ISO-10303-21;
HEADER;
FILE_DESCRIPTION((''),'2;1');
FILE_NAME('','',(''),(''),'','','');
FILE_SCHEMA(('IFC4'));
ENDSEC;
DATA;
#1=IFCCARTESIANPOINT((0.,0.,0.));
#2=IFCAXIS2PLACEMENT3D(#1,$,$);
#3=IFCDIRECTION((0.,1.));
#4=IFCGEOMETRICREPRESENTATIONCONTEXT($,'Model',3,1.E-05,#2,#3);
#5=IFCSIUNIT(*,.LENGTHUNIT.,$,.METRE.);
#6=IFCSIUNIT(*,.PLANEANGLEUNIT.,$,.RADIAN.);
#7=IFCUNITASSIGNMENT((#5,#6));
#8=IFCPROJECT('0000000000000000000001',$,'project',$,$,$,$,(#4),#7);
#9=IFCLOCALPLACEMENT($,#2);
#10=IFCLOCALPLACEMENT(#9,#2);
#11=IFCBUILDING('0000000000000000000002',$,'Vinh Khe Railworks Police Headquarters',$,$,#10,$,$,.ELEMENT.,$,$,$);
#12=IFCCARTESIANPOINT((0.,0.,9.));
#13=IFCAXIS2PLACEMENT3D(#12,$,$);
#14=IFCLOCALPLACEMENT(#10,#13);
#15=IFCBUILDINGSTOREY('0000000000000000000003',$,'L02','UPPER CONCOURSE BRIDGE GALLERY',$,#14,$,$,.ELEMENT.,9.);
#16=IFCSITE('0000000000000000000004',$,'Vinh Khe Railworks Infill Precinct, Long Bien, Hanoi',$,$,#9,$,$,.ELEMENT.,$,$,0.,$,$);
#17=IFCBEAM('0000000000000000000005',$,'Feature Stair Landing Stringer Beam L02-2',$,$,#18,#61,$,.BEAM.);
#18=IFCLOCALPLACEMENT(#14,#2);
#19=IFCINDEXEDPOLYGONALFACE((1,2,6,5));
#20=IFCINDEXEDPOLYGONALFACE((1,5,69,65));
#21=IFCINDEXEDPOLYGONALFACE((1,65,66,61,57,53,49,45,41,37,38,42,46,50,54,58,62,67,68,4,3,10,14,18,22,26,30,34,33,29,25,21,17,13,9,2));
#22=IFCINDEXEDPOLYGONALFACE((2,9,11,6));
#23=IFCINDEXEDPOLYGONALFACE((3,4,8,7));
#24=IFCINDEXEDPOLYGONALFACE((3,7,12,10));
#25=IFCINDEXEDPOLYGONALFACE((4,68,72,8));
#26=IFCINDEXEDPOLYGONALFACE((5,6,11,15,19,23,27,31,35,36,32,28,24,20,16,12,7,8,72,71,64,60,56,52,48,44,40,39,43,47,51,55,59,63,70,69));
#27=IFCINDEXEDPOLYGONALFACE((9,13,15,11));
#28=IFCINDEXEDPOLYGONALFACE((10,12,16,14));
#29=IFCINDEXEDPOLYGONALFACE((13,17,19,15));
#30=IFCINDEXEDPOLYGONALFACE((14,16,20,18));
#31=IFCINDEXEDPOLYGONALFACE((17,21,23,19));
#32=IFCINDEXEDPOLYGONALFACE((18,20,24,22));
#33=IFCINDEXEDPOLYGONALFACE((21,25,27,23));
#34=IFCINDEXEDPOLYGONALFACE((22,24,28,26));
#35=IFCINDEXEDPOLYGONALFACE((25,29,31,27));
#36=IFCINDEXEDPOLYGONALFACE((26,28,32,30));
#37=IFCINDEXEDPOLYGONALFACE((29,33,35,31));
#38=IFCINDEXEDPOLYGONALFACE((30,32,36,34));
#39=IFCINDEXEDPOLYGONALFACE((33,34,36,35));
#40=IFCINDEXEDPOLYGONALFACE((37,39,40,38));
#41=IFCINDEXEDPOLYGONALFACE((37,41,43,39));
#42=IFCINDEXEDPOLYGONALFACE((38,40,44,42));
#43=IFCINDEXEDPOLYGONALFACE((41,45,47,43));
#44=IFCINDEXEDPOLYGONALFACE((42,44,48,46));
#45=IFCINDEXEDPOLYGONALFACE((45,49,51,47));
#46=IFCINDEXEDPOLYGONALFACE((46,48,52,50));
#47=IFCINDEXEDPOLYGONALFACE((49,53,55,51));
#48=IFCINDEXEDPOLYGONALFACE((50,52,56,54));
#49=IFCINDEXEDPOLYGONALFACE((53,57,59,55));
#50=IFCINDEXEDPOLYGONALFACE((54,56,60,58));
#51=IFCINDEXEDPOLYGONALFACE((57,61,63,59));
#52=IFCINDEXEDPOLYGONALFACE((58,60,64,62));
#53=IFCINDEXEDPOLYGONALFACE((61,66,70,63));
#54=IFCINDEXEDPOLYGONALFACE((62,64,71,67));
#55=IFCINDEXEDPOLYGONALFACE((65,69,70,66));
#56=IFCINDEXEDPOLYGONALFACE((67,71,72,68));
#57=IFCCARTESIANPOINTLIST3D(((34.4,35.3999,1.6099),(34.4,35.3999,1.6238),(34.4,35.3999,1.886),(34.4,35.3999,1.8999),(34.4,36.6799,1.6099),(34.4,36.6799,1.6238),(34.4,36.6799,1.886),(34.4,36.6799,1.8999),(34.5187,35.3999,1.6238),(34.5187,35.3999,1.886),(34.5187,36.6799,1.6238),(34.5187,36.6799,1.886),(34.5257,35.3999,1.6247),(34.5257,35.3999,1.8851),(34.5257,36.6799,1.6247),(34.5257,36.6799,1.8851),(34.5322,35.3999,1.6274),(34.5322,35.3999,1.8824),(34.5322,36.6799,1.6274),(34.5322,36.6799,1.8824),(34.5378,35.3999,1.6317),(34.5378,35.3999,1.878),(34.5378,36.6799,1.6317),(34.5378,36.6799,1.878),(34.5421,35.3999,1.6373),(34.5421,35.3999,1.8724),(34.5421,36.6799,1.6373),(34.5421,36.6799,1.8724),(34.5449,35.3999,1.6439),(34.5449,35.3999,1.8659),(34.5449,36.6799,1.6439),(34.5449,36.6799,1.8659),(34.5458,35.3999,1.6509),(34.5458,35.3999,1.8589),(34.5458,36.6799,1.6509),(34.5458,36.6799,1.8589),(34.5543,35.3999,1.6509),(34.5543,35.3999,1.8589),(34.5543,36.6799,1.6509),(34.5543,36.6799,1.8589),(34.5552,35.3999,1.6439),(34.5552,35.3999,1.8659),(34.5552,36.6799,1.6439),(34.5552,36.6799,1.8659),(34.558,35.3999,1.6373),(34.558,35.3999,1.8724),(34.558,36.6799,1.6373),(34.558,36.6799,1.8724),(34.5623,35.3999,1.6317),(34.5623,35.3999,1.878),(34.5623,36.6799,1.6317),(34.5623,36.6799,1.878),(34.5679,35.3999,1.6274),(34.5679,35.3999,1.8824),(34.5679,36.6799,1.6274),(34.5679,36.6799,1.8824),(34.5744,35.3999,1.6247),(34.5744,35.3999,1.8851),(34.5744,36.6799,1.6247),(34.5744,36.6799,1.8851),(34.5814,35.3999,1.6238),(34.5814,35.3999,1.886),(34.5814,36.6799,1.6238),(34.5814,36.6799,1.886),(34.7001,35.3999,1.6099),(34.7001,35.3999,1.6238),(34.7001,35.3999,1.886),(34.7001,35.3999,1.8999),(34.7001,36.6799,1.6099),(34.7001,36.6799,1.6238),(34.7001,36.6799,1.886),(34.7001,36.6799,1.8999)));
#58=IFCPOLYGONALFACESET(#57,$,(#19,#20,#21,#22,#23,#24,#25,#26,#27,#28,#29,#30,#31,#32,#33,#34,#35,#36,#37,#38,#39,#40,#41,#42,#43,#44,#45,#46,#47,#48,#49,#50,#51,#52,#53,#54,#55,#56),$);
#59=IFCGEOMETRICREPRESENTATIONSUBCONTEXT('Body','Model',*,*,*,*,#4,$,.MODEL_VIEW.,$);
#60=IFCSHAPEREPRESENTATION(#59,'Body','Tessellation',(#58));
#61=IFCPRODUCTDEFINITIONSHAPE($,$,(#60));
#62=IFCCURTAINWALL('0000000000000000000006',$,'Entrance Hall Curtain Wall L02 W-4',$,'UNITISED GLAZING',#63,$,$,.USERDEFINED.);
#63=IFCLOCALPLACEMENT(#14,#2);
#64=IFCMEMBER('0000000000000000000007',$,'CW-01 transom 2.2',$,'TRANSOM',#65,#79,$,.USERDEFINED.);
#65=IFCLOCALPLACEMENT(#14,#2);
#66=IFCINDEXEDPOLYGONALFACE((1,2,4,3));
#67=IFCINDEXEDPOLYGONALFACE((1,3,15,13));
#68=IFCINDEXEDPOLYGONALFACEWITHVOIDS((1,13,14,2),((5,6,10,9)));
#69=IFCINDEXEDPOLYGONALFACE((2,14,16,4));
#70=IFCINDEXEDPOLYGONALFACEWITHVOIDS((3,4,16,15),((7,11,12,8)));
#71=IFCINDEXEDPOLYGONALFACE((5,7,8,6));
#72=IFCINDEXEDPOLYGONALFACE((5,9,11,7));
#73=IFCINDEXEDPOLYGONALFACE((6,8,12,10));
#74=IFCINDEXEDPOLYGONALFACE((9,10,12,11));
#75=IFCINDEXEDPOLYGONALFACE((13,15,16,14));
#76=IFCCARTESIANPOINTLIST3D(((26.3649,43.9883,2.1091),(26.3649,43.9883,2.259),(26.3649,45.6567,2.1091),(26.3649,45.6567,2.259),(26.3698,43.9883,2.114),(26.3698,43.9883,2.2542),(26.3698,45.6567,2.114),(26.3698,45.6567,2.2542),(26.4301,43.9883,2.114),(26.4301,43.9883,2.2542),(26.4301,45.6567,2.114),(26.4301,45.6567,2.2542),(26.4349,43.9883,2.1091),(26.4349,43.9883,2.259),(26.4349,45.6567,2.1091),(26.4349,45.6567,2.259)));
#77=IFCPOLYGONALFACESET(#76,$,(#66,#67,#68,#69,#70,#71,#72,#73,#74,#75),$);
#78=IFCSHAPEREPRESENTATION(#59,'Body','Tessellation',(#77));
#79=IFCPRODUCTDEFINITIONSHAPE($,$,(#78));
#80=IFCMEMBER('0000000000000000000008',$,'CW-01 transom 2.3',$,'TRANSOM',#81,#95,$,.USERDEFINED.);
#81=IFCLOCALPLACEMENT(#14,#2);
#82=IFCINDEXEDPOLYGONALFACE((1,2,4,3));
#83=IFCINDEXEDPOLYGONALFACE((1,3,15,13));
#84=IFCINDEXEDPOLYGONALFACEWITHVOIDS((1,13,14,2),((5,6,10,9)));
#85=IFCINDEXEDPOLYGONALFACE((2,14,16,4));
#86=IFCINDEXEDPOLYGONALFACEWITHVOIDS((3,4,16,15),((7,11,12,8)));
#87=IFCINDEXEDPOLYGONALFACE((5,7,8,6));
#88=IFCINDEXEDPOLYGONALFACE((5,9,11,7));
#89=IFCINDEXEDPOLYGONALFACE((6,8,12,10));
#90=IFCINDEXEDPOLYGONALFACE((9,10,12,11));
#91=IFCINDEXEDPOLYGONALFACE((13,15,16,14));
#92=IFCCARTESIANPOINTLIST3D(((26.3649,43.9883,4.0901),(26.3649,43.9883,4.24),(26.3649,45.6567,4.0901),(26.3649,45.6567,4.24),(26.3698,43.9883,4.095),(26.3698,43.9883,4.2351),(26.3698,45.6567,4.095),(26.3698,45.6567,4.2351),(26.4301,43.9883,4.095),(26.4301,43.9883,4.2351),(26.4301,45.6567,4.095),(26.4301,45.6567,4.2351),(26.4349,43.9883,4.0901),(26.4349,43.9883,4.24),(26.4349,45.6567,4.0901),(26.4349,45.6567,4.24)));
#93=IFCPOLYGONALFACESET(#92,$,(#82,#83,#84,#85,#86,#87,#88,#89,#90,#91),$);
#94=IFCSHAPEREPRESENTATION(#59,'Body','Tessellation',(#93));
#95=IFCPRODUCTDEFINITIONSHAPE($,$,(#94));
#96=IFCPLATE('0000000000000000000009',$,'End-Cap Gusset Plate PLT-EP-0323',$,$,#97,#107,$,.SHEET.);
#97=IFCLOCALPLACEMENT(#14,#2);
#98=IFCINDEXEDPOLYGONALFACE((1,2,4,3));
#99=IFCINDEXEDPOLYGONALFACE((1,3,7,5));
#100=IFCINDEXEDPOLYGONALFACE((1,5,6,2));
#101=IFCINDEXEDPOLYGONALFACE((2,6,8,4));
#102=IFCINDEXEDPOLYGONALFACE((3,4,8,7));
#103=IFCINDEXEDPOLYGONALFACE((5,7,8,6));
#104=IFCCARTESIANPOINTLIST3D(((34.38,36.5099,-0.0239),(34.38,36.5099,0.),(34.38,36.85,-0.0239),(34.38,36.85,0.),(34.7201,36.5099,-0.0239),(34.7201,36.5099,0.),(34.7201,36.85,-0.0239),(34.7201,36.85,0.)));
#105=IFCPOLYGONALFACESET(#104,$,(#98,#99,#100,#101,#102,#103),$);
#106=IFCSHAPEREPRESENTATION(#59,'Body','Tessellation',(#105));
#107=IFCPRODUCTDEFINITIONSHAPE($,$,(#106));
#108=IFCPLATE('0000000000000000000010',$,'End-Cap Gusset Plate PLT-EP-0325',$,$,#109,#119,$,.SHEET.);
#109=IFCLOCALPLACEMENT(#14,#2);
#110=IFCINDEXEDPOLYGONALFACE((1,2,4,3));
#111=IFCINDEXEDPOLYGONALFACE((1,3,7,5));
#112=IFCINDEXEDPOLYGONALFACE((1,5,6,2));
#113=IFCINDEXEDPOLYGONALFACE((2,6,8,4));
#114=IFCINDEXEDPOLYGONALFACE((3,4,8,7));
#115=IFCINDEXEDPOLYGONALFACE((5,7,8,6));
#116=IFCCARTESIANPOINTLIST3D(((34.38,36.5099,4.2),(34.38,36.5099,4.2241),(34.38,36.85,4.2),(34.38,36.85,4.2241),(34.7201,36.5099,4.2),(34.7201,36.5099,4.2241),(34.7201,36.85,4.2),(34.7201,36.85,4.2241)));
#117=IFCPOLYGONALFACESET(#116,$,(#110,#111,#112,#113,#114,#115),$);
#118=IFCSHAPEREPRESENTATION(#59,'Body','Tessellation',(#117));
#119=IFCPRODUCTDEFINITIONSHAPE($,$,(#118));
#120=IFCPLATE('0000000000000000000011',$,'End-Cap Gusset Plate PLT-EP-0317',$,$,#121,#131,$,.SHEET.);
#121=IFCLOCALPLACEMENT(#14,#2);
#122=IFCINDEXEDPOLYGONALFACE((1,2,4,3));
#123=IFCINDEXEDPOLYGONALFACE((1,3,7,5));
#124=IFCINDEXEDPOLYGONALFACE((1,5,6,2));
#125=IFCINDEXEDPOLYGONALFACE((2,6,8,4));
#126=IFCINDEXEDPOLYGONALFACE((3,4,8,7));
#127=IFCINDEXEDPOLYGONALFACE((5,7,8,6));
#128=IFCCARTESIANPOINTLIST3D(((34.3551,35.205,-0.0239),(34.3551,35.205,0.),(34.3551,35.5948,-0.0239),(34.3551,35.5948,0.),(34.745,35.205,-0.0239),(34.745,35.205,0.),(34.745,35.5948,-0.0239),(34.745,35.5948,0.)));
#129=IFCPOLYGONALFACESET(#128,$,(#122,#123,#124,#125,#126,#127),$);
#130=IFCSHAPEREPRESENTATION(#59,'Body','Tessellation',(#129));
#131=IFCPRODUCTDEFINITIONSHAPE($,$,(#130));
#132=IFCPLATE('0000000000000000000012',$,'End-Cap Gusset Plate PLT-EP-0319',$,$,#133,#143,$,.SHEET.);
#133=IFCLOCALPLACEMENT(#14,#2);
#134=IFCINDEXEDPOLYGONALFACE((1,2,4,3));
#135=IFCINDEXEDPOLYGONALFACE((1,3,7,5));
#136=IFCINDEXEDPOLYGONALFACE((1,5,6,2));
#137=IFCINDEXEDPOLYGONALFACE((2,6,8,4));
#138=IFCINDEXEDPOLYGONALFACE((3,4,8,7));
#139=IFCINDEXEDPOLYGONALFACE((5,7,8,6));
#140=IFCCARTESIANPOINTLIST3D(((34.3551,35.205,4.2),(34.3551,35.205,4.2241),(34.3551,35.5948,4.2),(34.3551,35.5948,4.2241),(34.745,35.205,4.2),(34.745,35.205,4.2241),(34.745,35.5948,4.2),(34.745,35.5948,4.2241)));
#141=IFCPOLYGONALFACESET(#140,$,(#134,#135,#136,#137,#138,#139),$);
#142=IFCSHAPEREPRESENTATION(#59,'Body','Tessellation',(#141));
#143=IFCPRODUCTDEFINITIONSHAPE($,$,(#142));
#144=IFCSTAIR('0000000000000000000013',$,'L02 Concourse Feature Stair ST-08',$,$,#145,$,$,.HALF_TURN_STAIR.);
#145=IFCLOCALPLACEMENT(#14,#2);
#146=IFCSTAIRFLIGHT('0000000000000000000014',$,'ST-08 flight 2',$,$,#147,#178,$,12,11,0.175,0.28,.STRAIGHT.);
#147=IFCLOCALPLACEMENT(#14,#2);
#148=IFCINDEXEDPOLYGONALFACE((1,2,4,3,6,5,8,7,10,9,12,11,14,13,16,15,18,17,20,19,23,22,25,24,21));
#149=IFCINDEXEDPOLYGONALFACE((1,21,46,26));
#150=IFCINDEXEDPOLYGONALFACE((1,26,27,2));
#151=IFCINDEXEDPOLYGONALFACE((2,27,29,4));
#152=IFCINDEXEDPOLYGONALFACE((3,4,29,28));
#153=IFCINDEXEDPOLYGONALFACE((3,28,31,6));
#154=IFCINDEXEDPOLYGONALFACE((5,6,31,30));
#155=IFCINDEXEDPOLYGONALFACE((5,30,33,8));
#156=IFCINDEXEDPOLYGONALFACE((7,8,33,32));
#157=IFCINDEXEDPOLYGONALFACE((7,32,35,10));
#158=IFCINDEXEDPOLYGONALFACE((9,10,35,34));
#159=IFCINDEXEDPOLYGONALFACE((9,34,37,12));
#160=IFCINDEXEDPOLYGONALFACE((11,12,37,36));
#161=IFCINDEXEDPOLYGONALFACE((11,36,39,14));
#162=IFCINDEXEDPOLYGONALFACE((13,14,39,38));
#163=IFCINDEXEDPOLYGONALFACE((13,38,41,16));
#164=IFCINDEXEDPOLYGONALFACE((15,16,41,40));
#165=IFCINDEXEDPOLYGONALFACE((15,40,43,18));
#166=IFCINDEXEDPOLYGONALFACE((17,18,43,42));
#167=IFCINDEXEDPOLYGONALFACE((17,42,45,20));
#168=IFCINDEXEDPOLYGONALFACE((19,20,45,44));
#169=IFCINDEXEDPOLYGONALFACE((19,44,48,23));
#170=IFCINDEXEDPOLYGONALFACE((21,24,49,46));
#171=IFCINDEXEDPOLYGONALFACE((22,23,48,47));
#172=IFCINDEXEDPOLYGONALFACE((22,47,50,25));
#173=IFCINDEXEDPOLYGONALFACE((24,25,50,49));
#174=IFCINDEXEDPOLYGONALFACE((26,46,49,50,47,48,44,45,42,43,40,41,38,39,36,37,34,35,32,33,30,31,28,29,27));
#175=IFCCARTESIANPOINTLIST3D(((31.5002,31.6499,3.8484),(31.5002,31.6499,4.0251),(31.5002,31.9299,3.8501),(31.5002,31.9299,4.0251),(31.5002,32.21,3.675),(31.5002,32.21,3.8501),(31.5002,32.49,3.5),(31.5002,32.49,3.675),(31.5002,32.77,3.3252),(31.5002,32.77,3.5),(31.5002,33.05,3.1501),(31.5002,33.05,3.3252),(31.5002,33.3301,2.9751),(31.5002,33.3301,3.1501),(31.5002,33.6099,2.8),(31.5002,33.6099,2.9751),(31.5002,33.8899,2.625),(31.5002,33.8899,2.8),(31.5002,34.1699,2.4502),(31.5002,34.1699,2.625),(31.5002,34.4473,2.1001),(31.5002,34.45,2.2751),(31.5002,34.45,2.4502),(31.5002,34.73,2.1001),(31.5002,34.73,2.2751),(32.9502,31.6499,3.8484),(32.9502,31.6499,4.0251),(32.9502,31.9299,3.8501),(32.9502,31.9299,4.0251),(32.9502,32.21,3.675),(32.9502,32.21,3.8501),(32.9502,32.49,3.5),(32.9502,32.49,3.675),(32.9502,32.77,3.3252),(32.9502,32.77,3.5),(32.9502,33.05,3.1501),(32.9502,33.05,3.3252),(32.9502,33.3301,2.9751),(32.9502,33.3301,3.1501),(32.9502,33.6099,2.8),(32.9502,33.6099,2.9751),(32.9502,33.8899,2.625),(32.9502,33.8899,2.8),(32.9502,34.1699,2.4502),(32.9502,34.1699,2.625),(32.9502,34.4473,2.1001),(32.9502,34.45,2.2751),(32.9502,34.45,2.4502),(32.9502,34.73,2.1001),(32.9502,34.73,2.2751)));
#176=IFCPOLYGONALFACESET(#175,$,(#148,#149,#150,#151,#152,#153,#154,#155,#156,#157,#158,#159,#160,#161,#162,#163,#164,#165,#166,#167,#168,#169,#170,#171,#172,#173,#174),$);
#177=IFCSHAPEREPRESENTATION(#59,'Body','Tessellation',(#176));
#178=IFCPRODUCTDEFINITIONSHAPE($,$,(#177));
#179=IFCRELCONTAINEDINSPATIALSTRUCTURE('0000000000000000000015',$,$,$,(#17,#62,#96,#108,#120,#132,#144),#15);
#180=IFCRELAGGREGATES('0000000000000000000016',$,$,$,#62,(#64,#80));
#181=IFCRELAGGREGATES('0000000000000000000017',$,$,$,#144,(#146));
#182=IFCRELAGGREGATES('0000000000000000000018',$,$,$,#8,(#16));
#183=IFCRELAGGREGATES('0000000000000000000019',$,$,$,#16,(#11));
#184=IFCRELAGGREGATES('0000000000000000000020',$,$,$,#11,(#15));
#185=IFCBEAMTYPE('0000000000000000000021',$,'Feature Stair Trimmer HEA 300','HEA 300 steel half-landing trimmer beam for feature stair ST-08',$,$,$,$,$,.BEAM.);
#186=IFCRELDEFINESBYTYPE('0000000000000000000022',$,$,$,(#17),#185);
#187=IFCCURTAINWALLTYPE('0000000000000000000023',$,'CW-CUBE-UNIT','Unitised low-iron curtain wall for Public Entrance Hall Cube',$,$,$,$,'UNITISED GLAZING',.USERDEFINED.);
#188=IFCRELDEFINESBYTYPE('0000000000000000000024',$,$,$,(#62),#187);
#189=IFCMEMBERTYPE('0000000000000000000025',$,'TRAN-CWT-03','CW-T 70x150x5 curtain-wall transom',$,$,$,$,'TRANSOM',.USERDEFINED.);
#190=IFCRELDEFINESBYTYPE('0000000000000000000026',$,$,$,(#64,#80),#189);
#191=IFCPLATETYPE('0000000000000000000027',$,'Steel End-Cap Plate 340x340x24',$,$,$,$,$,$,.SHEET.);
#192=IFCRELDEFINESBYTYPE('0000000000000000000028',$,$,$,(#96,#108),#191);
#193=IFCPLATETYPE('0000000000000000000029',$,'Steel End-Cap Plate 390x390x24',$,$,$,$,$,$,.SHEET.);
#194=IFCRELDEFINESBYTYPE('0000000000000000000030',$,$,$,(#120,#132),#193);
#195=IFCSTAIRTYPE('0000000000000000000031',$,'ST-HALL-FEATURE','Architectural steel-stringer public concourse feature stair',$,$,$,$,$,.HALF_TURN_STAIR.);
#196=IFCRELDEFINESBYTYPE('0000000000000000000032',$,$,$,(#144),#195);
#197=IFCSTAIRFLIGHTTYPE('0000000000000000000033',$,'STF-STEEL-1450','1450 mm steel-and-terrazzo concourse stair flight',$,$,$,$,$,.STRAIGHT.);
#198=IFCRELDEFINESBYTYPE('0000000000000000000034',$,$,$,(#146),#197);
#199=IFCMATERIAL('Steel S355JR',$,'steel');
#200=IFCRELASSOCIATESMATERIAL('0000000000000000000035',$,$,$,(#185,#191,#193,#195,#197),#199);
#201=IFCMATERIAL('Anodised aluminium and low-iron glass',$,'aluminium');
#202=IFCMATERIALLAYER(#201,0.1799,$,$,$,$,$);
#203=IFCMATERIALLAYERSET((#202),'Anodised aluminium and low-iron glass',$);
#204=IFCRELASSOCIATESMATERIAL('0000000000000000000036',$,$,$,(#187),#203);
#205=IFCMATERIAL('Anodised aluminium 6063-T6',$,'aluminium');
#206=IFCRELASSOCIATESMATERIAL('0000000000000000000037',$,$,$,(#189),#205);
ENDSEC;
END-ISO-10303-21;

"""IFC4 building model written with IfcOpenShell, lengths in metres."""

from ifc_helpers import new_model, si_unit, direction, frame, origin, origin_2d, place, context, subcontext, project, spatial, polyline, rectangle, hollow_rectangle, i_section, outline, extrude, material, layer, layer_set, material_profile, profile_set, type_object, element, aggregate, save


model = new_model("IFC4")

# Units and contexts
model_context = context("Model", 3, precision=1e-05, world=origin(), true_north=direction((0.0, 1.0)))
body_context = subcontext(model_context, "Body", "Model", "MODEL_VIEW")
ifc_project = project(units=[si_unit("LENGTHUNIT", "METRE"), si_unit("PLANEANGLEUNIT", "RADIAN")], contexts=[model_context])

# Site, building, storey
site_placement = place(None, origin())
site = spatial("IfcSite", under=ifc_project, at=site_placement, Name="Vinh Khe Railworks Infill Precinct, Long Bien, Hanoi", CompositionType="ELEMENT", RefElevation=0.0)
building_placement = place(site_placement, origin())
building = spatial("IfcBuilding", under=site, at=building_placement, Name="Vinh Khe Railworks Police Headquarters", CompositionType="ELEMENT")
storey_placement = place(building_placement, frame((0.0, 0.0, 9.0)))
storey = spatial("IfcBuildingStorey", under=building, at=storey_placement, Name="L02", Description="UPPER CONCOURSE BRIDGE GALLERY", CompositionType="ELEMENT", Elevation=9.0)

# Shared definitions
ifc_material_1 = material(Name="Steel S355JR", Category="steel")

# Beam
ifc_material_profile_1 = material_profile(ifc_material_1, i_section(OverallWidth=0.3, OverallDepth=0.29, WebThickness=0.0085, FlangeThickness=0.0139, FilletRadius=0.0271, at=origin_2d()), Name="HEA 300")
ifc_profile_set_1 = profile_set([ifc_material_profile_1], Name="Steel S355JR")
beam_type = type_object("IfcBeamType", Name="Feature Stair Trimmer HEA 300", Description="HEA 300 steel half-landing trimmer beam for feature stair ST-08", PredefinedType="BEAM", material=ifc_profile_set_1)
for number, where, z_axis, x_axis, name in (
    (1, (34.55, 35.3999, 1.7549), (0.0, 1.0, 0.0), (-1.0, 0.0, 0.0), "Feature Stair Landing Stringer Beam L02-2"),
):
    element("IfcBeam", number, at=place(storey_placement, frame(where, z_axis=z_axis, x_axis=x_axis)), inside=storey, type_object=beam_type, Name=name, PredefinedType="BEAM", context=body_context, shape_type="SweptSolid", body=[
        extrude(i_section(OverallWidth=0.3, OverallDepth=0.29, WebThickness=0.0085, FlangeThickness=0.0139, FilletRadius=0.0271, at=origin_2d()), origin(), (0.0, 0.0, 1.0), 1.28),
    ])

# Curtain wall, members
ifc_material_2 = material(Name="Anodised aluminium and low-iron glass", Category="aluminium")
ifc_layer = layer(ifc_material_2, 0.1799)
ifc_layer_set = layer_set([ifc_layer], Name="Anodised aluminium and low-iron glass")
curtain_wall_type = type_object("IfcCurtainWallType", Name="CW-CUBE-UNIT", Description="Unitised low-iron curtain wall for Public Entrance Hall Cube", ElementType="UNITISED GLAZING", PredefinedType="USERDEFINED", material=ifc_layer_set)
curtain_wall_placement = place(storey_placement, origin())
curtain_wall = element("IfcCurtainWall", 2, at=curtain_wall_placement, inside=storey, type_object=curtain_wall_type, Name="Entrance Hall Curtain Wall L02 W-4", ObjectType="UNITISED GLAZING", PredefinedType="USERDEFINED")
ifc_material_3 = material(Name="Anodised aluminium 6063-T6", Category="aluminium")
ifc_material_profile_2 = material_profile(ifc_material_3, hollow_rectangle(XDim=0.0701, YDim=0.1499, WallThickness=0.0049, at=origin_2d()), Name="CW-T 70x150x5")
ifc_profile_set_2 = profile_set([ifc_material_profile_2], Name="Anodised aluminium 6063-T6")
member_type = type_object("IfcMemberType", Name="TRAN-CWT-03", Description="CW-T 70x150x5 curtain-wall transom", ElementType="TRANSOM", PredefinedType="USERDEFINED", material=ifc_profile_set_2)
member_1_placement = place(storey_placement, frame((26.3999, 43.9883, 2.1841), z_axis=(0.0, 1.0, 0.0), x_axis=(-1.0, 0.0, 0.0)))
member_1 = element("IfcMember", 3, at=member_1_placement, type_object=member_type, Name="CW-01 transom 2.2", ObjectType="TRANSOM", PredefinedType="USERDEFINED", context=body_context, shape_type="SweptSolid", body=[
    extrude(hollow_rectangle(XDim=0.0701, YDim=0.1499, WallThickness=0.0049, at=origin_2d()), origin(), (0.0, 0.0, 1.0), 1.6685),
])
member_2_placement = place(storey_placement, frame((26.3999, 43.9883, 4.165), z_axis=(0.0, 1.0, 0.0), x_axis=(-1.0, 0.0, 0.0)))
member_2 = element("IfcMember", 4, at=member_2_placement, type_object=member_type, Name="CW-01 transom 2.3", ObjectType="TRANSOM", PredefinedType="USERDEFINED", context=body_context, shape_type="SweptSolid", body=[
    extrude(hollow_rectangle(XDim=0.0701, YDim=0.1499, WallThickness=0.0049, at=origin_2d()), origin(), (0.0, 0.0, 1.0), 1.6685),
])
aggregate(curtain_wall, [member_1, member_2])

# Plates
ifc_material_profile_3 = material_profile(ifc_material_1, rectangle(XDim=0.3401, YDim=0.3401, at=origin_2d()), Name="PL 340x340")
ifc_profile_set_3 = profile_set([ifc_material_profile_3], Name="Steel S355JR")
plate_type_1 = type_object("IfcPlateType", Name="Steel End-Cap Plate 340x340x24", PredefinedType="SHEET", material=ifc_profile_set_3)
plate_1_placement = place(storey_placement, frame((34.55, 36.6799, 0.0), z_axis=(0.0, 0.0, -1.0), x_axis=(1.0, 0.0, 0.0)))
element("IfcPlate", 5, at=plate_1_placement, inside=storey, type_object=plate_type_1, Name="End-Cap Gusset Plate PLT-EP-0323", PredefinedType="SHEET", context=body_context, shape_type="SweptSolid", body=[
    extrude(rectangle(XDim=0.3401, YDim=0.3401, at=origin_2d()), origin(), (0.0, 0.0, 1.0), 0.0239),
])
plate_2_placement = place(storey_placement, frame((34.55, 36.6799, 4.2), z_axis=(0.0, 0.0, 1.0), x_axis=(1.0, 0.0, 0.0)))
element("IfcPlate", 6, at=plate_2_placement, inside=storey, type_object=plate_type_1, Name="End-Cap Gusset Plate PLT-EP-0325", PredefinedType="SHEET", context=body_context, shape_type="SweptSolid", body=[
    extrude(rectangle(XDim=0.3401, YDim=0.3401, at=origin_2d()), origin(), (0.0, 0.0, 1.0), 0.0242),
])
ifc_material_profile_4 = material_profile(ifc_material_1, rectangle(XDim=0.3899, YDim=0.3899, at=origin_2d()), Name="PL 390x390")
ifc_profile_set_4 = profile_set([ifc_material_profile_4], Name="Steel S355JR")
plate_type_2 = type_object("IfcPlateType", Name="Steel End-Cap Plate 390x390x24", PredefinedType="SHEET", material=ifc_profile_set_4)
plate_3_placement = place(storey_placement, frame((34.55, 35.3999, 0.0), z_axis=(0.0, 0.0, -1.0), x_axis=(1.0, 0.0, 0.0)))
element("IfcPlate", 7, at=plate_3_placement, inside=storey, type_object=plate_type_2, Name="End-Cap Gusset Plate PLT-EP-0317", PredefinedType="SHEET", context=body_context, shape_type="SweptSolid", body=[
    extrude(rectangle(XDim=0.3899, YDim=0.3899, at=origin_2d()), origin(), (0.0, 0.0, 1.0), 0.0239),
])
plate_4_placement = place(storey_placement, frame((34.55, 35.3999, 4.2), z_axis=(0.0, 0.0, 1.0), x_axis=(1.0, 0.0, 0.0)))
element("IfcPlate", 8, at=plate_4_placement, inside=storey, type_object=plate_type_2, Name="End-Cap Gusset Plate PLT-EP-0319", PredefinedType="SHEET", context=body_context, shape_type="SweptSolid", body=[
    extrude(rectangle(XDim=0.3899, YDim=0.3899, at=origin_2d()), origin(), (0.0, 0.0, 1.0), 0.0242),
])

# Stair, stair flight
stair_type = type_object("IfcStairType", Name="ST-HALL-FEATURE", Description="Architectural steel-stringer public concourse feature stair", PredefinedType="HALF_TURN_STAIR", material=ifc_material_1)
stair_placement = place(storey_placement, origin())
stair = element("IfcStair", 9, at=stair_placement, inside=storey, type_object=stair_type, Name="L02 Concourse Feature Stair ST-08", PredefinedType="HALF_TURN_STAIR")
stair_flight_type = type_object("IfcStairFlightType", Name="STF-STEEL-1450", Description="1450 mm steel-and-terrazzo concourse stair flight", PredefinedType="STRAIGHT", material=ifc_material_1)
stair_flight_placement = place(storey_placement, frame((32.2251, 34.73, 2.1001), z_axis=(0.0, 0.0, 1.0), x_axis=(0.0, -1.0, 0.0)))
stair_flight = element("IfcStairFlight", 10, at=stair_flight_placement, type_object=stair_flight_type, Name="ST-08 flight 2", NumberOfRisers=12, NumberOfTreads=11, PredefinedType="STRAIGHT", RiserHeight=0.175, TreadLength=0.28, context=body_context, shape_type="SweptSolid", body=[
    extrude(outline(polyline([(0.0, 0.0), (0.0, 0.175), (0.28, 0.175), (0.28, 0.3501), (0.5601, 0.3501), (0.5601, 0.5249), (0.8401, 0.5249), (0.8401, 0.7), (1.1201, 0.7), (1.1201, 0.875), (1.3999, 0.875), (1.3999, 1.05), (1.6799, 1.05), (1.6799, 1.2251), (1.96, 1.2251), (1.96, 1.3999), (2.24, 1.3999), (2.24, 1.575), (2.52, 1.575), (2.52, 1.75), (2.8, 1.75), (2.8, 1.925), (3.0801, 1.925), (3.0801, 2.1001), (3.0801, 1.7483), (0.2827, 0.0), (0.0, 0.0)])), frame((0.0, 0.7251, 0.0), z_axis=(0.0, -1.0, 0.0), x_axis=(1.0, 0.0, 0.0)), (0.0, 0.0, 1.0), 1.45),
])
aggregate(stair, [stair_flight])

save(model, "model.ifc")
